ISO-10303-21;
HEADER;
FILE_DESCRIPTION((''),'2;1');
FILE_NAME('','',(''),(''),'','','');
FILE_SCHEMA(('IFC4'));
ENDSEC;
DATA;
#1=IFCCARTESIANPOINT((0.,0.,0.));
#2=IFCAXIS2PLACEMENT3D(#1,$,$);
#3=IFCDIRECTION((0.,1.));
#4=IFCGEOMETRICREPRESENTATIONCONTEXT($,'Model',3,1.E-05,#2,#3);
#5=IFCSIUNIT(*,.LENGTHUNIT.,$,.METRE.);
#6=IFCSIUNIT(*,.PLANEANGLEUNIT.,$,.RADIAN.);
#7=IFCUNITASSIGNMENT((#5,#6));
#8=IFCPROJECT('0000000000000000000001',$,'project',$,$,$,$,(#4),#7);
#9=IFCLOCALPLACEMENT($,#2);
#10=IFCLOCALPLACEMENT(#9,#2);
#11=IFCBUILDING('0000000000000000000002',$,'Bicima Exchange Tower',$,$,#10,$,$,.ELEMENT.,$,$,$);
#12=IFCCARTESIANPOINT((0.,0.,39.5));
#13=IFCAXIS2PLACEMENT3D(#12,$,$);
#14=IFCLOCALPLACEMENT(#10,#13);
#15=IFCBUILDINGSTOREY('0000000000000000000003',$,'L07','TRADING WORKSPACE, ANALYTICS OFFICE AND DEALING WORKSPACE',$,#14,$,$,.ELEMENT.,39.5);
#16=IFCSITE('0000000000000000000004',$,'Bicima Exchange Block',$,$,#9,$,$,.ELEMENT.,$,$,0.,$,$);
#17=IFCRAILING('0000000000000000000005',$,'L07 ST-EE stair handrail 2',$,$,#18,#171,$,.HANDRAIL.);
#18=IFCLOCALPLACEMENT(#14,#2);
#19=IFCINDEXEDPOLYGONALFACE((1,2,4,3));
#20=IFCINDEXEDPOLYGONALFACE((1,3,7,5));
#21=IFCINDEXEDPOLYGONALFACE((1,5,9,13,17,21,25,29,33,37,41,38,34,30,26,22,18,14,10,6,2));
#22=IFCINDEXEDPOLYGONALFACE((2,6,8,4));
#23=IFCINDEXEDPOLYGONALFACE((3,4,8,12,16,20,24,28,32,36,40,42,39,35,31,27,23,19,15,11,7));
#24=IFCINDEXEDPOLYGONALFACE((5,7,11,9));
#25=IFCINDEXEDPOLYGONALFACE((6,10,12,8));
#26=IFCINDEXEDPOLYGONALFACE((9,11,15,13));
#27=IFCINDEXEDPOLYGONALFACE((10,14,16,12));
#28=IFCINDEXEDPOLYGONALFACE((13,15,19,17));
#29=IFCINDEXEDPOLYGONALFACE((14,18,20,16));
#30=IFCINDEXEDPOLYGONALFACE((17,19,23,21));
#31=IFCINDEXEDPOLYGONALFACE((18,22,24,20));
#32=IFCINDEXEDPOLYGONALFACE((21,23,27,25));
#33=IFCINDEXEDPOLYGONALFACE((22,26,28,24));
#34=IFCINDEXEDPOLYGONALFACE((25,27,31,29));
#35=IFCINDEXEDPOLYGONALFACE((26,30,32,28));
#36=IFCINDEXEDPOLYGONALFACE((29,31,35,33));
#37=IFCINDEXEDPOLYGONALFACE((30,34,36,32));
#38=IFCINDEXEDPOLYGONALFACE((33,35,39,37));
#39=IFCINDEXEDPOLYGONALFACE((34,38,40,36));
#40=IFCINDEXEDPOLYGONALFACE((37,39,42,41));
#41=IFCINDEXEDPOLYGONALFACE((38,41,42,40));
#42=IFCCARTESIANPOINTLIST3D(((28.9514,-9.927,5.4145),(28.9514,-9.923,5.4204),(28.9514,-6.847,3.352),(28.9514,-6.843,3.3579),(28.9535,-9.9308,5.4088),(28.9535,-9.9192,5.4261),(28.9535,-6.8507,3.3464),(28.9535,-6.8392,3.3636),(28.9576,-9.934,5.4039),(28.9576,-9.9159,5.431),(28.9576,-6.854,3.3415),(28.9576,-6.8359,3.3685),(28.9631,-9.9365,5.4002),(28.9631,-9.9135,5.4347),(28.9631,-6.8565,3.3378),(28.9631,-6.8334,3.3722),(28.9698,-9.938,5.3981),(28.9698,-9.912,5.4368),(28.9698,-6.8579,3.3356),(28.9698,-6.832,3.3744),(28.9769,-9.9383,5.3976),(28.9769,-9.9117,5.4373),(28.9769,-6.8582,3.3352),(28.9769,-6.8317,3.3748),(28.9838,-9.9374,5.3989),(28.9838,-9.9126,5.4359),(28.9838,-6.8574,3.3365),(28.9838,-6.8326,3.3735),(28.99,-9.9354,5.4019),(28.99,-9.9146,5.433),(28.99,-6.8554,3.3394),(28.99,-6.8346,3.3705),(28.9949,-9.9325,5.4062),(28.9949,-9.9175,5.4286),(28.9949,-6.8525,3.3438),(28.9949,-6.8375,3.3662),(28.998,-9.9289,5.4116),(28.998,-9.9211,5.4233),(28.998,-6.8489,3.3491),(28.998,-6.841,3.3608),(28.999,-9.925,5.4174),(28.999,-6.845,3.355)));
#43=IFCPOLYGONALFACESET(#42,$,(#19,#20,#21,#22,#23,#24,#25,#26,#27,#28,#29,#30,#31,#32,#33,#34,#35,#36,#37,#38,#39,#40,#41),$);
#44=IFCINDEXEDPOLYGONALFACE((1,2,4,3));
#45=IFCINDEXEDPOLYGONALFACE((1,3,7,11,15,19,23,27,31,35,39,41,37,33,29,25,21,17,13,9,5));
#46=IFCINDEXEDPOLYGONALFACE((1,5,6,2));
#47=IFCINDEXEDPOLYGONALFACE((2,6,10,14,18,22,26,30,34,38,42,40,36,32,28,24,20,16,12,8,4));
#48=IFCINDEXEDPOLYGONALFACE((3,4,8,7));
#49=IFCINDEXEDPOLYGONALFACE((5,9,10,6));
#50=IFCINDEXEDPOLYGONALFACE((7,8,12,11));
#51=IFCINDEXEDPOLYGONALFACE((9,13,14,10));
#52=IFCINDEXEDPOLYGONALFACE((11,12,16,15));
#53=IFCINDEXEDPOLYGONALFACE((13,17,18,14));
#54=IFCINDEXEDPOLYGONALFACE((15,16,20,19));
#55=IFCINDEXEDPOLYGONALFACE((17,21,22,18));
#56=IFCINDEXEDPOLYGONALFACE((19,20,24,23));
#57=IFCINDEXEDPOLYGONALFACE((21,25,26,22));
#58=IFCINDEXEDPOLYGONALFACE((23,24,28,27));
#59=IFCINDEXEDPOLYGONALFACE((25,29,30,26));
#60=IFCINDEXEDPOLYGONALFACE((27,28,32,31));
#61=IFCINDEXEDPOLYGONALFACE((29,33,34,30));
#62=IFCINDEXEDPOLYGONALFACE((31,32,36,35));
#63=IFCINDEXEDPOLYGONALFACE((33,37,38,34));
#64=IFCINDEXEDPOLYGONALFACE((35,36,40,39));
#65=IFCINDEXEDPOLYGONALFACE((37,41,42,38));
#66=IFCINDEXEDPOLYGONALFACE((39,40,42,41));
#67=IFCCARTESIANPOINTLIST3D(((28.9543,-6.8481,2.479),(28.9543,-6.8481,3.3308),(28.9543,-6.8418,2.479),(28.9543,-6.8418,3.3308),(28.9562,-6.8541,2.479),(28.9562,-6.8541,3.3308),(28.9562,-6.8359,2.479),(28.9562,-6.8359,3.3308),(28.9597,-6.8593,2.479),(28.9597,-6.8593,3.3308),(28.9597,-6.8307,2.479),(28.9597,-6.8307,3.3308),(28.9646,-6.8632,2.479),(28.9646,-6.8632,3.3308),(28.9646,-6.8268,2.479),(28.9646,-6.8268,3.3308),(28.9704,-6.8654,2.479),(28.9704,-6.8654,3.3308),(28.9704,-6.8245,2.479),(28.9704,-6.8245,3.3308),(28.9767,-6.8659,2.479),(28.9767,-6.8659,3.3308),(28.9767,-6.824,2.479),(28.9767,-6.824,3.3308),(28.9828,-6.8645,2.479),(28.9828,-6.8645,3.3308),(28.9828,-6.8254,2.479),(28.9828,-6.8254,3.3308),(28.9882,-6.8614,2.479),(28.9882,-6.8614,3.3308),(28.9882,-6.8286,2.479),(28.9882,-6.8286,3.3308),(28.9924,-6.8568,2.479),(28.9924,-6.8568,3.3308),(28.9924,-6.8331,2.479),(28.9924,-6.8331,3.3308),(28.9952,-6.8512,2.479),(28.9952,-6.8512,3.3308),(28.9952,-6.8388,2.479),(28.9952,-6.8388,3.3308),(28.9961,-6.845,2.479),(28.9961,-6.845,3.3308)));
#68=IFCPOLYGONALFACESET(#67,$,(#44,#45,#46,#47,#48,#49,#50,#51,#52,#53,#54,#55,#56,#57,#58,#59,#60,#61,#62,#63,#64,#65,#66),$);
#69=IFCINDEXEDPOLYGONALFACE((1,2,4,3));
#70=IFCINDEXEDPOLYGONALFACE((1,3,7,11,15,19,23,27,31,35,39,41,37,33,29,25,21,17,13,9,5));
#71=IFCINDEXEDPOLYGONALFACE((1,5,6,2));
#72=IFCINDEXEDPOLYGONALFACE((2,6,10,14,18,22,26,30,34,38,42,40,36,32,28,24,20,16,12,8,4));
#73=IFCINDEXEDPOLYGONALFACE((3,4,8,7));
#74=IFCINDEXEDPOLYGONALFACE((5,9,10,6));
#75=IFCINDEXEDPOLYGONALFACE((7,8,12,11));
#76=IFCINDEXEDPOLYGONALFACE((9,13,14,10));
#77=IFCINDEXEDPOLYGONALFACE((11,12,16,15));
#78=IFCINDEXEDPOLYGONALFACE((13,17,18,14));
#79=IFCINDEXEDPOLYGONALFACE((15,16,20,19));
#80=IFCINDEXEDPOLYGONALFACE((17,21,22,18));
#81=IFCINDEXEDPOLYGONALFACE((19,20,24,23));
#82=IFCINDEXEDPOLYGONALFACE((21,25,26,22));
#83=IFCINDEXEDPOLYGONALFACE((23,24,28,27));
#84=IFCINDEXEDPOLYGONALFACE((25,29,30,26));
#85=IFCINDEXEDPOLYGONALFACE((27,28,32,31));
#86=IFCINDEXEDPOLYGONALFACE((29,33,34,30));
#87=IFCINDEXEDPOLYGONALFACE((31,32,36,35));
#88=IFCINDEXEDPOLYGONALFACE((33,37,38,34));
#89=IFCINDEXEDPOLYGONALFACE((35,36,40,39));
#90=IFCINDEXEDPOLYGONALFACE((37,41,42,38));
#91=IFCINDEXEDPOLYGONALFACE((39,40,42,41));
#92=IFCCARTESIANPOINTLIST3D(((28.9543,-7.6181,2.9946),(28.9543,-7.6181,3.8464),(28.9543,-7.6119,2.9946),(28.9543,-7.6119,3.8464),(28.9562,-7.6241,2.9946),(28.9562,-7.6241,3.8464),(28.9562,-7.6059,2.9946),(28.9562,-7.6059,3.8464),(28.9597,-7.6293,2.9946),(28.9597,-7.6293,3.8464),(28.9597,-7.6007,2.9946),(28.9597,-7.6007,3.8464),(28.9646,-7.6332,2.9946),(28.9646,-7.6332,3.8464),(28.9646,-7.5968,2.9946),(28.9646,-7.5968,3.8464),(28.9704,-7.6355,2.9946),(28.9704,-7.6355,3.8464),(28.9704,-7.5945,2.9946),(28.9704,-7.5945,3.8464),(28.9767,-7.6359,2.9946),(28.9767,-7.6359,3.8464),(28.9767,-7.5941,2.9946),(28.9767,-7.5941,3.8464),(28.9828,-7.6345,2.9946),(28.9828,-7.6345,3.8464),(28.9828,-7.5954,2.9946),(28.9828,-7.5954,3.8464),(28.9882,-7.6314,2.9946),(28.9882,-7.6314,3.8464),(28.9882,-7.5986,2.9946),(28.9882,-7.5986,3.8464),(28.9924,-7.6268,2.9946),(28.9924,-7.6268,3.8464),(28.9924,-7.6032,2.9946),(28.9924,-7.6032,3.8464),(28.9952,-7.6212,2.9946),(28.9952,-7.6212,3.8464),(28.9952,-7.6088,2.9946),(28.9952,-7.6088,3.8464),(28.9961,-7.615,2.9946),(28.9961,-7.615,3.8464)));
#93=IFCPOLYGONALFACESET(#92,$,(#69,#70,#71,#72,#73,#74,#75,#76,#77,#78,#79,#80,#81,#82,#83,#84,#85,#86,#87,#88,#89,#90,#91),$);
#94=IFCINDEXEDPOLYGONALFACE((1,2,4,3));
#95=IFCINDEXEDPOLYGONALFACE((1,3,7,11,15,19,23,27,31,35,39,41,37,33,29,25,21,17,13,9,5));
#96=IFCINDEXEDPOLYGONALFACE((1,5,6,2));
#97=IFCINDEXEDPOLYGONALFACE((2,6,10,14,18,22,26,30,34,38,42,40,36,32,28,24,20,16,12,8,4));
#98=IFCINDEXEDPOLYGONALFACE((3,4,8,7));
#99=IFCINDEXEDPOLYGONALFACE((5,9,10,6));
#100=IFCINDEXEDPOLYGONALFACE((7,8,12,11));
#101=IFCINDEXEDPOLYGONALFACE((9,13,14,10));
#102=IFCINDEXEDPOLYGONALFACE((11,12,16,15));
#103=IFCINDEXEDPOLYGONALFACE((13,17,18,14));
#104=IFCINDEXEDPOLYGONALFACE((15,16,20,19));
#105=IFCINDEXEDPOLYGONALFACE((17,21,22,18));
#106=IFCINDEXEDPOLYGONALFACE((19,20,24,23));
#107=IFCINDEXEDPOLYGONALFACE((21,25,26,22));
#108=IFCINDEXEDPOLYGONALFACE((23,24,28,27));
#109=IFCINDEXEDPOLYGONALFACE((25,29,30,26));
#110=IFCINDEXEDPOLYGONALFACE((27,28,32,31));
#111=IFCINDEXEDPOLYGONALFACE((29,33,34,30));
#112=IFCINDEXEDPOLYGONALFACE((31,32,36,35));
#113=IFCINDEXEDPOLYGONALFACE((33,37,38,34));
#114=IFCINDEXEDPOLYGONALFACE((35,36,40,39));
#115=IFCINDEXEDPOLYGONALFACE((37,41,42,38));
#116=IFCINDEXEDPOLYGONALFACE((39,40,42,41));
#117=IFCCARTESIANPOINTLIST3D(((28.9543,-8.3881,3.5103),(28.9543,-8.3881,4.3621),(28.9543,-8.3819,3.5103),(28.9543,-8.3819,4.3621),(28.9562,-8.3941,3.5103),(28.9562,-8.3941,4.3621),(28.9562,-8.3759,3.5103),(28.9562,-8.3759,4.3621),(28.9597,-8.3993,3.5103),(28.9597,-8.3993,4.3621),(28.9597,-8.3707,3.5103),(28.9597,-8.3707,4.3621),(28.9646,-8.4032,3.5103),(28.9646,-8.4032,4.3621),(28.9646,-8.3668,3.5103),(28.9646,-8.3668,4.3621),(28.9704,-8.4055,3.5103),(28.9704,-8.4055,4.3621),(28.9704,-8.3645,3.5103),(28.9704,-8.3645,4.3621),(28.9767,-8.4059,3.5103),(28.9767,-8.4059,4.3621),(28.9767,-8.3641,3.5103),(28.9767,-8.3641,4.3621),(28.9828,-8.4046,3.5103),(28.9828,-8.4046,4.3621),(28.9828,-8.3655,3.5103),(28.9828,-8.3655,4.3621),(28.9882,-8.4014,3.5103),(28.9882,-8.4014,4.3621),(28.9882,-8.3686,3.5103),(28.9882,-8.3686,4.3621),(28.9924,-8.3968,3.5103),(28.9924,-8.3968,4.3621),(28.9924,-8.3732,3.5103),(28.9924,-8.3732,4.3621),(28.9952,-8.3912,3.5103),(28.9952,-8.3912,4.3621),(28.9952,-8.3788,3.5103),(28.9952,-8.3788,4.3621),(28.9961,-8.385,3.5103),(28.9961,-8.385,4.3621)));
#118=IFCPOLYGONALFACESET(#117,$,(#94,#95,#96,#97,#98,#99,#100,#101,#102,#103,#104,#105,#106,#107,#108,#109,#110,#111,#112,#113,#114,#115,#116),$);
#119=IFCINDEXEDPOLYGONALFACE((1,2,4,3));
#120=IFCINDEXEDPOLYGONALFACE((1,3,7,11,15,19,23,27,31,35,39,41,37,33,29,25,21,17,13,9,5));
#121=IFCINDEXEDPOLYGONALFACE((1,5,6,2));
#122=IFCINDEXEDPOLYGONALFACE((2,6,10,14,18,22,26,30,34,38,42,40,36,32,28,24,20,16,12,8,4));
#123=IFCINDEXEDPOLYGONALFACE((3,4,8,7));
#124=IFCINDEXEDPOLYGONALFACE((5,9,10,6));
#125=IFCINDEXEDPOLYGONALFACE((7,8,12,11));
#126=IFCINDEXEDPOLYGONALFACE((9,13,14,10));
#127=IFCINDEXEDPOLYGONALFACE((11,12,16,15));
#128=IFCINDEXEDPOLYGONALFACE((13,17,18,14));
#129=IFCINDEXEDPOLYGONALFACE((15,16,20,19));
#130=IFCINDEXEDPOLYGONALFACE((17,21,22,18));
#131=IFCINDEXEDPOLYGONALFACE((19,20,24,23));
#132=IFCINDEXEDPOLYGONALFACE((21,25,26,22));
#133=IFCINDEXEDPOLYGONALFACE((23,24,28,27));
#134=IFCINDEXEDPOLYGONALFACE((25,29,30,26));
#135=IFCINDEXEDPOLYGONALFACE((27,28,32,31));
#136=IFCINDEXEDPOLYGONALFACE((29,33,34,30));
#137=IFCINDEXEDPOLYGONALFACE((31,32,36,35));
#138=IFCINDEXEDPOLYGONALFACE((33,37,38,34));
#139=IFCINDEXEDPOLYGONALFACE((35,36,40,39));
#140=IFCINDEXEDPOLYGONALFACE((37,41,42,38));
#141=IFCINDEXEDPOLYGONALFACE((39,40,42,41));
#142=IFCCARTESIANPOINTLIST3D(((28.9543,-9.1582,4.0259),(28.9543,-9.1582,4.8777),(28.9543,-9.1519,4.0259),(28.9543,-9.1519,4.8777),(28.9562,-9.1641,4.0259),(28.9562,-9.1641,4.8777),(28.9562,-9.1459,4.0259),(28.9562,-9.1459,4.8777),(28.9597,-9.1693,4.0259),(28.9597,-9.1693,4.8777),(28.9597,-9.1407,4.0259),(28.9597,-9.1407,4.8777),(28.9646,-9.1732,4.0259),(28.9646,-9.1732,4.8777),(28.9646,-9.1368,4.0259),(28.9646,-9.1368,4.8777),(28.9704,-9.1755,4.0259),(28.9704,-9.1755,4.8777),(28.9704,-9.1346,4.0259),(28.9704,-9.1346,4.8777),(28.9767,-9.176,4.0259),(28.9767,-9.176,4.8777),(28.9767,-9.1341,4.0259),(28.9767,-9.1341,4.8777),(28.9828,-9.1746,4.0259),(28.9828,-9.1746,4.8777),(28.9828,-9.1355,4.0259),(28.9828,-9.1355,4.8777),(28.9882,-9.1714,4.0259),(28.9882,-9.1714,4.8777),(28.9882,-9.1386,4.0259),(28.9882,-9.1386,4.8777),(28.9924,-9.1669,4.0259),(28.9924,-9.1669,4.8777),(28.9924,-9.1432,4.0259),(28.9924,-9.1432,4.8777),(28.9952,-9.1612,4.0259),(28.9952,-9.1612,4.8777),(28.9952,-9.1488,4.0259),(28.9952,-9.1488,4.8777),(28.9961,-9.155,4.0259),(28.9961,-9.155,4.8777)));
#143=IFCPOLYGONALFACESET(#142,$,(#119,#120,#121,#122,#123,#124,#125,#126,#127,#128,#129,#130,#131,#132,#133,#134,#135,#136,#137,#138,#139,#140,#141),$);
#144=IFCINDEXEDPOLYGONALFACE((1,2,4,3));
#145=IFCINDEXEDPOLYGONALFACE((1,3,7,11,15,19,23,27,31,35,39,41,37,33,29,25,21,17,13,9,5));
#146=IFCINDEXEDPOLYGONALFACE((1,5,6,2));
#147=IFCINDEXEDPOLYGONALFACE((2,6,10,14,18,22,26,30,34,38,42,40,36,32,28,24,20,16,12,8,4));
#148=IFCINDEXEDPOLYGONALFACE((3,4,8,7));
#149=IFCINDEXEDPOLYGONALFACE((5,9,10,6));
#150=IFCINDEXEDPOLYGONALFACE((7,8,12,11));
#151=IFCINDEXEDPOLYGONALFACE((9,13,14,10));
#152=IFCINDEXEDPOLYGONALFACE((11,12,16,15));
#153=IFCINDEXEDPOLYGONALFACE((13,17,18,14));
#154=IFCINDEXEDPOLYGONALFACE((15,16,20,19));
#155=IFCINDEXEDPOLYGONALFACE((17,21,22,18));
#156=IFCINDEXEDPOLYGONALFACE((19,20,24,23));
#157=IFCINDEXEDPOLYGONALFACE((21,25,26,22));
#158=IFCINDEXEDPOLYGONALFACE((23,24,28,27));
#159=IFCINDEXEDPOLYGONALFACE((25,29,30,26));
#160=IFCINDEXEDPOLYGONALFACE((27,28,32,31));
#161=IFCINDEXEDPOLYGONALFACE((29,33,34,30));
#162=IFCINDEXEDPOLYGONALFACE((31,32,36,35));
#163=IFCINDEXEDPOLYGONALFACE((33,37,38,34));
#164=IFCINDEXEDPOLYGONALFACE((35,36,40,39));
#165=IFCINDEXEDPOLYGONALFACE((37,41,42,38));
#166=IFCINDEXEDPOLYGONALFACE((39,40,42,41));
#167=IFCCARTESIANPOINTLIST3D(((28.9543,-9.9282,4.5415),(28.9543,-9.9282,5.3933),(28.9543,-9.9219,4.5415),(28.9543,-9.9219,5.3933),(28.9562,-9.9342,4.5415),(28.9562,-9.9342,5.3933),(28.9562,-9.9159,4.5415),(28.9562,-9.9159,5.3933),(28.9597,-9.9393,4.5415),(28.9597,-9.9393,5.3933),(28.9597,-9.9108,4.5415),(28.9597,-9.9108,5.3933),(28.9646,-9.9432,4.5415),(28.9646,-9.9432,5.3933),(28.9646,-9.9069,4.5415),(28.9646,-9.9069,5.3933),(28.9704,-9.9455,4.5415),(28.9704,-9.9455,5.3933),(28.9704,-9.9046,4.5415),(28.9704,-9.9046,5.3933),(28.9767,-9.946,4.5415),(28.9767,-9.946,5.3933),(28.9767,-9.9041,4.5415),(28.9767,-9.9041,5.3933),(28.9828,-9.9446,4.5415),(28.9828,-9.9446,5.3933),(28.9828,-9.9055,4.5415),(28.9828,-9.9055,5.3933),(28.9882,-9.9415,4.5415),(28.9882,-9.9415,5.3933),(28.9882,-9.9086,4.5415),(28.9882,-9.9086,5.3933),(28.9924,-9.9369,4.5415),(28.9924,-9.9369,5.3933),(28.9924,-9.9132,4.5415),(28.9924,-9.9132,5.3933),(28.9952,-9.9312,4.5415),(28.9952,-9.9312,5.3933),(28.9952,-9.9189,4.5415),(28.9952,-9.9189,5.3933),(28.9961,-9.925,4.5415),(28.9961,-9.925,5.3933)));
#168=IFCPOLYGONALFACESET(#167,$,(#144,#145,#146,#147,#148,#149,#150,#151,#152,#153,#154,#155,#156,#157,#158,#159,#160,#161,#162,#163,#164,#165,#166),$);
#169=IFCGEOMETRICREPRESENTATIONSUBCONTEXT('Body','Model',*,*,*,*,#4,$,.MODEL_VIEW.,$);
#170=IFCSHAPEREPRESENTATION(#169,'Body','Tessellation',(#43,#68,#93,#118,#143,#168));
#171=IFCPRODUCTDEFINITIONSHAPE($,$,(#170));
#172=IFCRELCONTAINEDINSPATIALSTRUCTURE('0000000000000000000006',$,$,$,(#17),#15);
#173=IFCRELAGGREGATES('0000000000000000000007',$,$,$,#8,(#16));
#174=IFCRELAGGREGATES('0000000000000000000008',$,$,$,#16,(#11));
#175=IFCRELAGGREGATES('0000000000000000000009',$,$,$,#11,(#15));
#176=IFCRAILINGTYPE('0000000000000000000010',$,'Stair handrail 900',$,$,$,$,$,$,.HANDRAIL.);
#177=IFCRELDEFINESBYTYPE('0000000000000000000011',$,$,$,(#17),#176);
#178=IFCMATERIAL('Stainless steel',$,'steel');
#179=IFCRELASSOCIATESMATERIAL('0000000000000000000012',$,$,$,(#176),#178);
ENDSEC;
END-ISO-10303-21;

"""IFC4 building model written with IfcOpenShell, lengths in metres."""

from ifc_helpers import new_model, si_unit, direction, frame, origin, origin_2d, place, context, subcontext, project, spatial, circle, extrude, material, type_object, element, save


model = new_model("IFC4")

# Units and contexts
model_context = context("Model", 3, precision=1e-05, world=origin(), true_north=direction((0.0, 1.0)))
body_context = subcontext(model_context, "Body", "Model", "MODEL_VIEW")
ifc_project = project(units=[si_unit("LENGTHUNIT", "METRE"), si_unit("PLANEANGLEUNIT", "RADIAN")], contexts=[model_context])

# Site, building, storey
site_placement = place(None, origin())
site = spatial("IfcSite", under=ifc_project, at=site_placement, Name="Bicima Exchange Block", CompositionType="ELEMENT", RefElevation=0.0)
building_placement = place(site_placement, origin())
building = spatial("IfcBuilding", under=site, at=building_placement, Name="Bicima Exchange Tower", CompositionType="ELEMENT")
storey_placement = place(building_placement, frame((0.0, 0.0, 39.5)))
storey = spatial("IfcBuildingStorey", under=building, at=storey_placement, Name="L07", Description="TRADING WORKSPACE, ANALYTICS OFFICE AND DEALING WORKSPACE", CompositionType="ELEMENT", Elevation=39.5)

# Railing
ifc_material_1 = material(Name="Stainless steel", Category="steel")
railing_type_1 = type_object("IfcRailingType", Name="Stair handrail 900", PredefinedType="HANDRAIL", material=ifc_material_1)
railing_1_placement = place(storey_placement, frame((28.9751, -6.845, 2.479)))
element("IfcRailing", 1, at=railing_1_placement, inside=storey, type_object=railing_type_1, Name="L07 ST-EE stair handrail 2", PredefinedType="HANDRAIL", context=body_context, shape_type="SweptSolid", body=[
    extrude(circle(Radius=0.0239, at=origin_2d()), frame((0.0, 0.0, 0.876), z_axis=(0.0, -0.830914, 0.556401), x_axis=(1.0, 0.0, 0.0)), (0.0, 0.0, 1.0), 3.7068),
    extrude(circle(Radius=0.021, at=origin_2d()), origin(), (0.0, 0.0, 1.0), 0.8518),
    extrude(circle(Radius=0.021, at=origin_2d()), frame((0.0, -0.77, 0.5156)), (0.0, 0.0, 1.0), 0.8518),
    extrude(circle(Radius=0.021, at=origin_2d()), frame((0.0, -1.54, 1.0312)), (0.0, 0.0, 1.0), 0.8518),
    extrude(circle(Radius=0.021, at=origin_2d()), frame((0.0, -2.3101, 1.5469)), (0.0, 0.0, 1.0), 0.8518),
    extrude(circle(Radius=0.021, at=origin_2d()), frame((0.0, -3.0801, 2.0625)), (0.0, 0.0, 1.0), 0.8518),
])

save(model, "model.ifc")
